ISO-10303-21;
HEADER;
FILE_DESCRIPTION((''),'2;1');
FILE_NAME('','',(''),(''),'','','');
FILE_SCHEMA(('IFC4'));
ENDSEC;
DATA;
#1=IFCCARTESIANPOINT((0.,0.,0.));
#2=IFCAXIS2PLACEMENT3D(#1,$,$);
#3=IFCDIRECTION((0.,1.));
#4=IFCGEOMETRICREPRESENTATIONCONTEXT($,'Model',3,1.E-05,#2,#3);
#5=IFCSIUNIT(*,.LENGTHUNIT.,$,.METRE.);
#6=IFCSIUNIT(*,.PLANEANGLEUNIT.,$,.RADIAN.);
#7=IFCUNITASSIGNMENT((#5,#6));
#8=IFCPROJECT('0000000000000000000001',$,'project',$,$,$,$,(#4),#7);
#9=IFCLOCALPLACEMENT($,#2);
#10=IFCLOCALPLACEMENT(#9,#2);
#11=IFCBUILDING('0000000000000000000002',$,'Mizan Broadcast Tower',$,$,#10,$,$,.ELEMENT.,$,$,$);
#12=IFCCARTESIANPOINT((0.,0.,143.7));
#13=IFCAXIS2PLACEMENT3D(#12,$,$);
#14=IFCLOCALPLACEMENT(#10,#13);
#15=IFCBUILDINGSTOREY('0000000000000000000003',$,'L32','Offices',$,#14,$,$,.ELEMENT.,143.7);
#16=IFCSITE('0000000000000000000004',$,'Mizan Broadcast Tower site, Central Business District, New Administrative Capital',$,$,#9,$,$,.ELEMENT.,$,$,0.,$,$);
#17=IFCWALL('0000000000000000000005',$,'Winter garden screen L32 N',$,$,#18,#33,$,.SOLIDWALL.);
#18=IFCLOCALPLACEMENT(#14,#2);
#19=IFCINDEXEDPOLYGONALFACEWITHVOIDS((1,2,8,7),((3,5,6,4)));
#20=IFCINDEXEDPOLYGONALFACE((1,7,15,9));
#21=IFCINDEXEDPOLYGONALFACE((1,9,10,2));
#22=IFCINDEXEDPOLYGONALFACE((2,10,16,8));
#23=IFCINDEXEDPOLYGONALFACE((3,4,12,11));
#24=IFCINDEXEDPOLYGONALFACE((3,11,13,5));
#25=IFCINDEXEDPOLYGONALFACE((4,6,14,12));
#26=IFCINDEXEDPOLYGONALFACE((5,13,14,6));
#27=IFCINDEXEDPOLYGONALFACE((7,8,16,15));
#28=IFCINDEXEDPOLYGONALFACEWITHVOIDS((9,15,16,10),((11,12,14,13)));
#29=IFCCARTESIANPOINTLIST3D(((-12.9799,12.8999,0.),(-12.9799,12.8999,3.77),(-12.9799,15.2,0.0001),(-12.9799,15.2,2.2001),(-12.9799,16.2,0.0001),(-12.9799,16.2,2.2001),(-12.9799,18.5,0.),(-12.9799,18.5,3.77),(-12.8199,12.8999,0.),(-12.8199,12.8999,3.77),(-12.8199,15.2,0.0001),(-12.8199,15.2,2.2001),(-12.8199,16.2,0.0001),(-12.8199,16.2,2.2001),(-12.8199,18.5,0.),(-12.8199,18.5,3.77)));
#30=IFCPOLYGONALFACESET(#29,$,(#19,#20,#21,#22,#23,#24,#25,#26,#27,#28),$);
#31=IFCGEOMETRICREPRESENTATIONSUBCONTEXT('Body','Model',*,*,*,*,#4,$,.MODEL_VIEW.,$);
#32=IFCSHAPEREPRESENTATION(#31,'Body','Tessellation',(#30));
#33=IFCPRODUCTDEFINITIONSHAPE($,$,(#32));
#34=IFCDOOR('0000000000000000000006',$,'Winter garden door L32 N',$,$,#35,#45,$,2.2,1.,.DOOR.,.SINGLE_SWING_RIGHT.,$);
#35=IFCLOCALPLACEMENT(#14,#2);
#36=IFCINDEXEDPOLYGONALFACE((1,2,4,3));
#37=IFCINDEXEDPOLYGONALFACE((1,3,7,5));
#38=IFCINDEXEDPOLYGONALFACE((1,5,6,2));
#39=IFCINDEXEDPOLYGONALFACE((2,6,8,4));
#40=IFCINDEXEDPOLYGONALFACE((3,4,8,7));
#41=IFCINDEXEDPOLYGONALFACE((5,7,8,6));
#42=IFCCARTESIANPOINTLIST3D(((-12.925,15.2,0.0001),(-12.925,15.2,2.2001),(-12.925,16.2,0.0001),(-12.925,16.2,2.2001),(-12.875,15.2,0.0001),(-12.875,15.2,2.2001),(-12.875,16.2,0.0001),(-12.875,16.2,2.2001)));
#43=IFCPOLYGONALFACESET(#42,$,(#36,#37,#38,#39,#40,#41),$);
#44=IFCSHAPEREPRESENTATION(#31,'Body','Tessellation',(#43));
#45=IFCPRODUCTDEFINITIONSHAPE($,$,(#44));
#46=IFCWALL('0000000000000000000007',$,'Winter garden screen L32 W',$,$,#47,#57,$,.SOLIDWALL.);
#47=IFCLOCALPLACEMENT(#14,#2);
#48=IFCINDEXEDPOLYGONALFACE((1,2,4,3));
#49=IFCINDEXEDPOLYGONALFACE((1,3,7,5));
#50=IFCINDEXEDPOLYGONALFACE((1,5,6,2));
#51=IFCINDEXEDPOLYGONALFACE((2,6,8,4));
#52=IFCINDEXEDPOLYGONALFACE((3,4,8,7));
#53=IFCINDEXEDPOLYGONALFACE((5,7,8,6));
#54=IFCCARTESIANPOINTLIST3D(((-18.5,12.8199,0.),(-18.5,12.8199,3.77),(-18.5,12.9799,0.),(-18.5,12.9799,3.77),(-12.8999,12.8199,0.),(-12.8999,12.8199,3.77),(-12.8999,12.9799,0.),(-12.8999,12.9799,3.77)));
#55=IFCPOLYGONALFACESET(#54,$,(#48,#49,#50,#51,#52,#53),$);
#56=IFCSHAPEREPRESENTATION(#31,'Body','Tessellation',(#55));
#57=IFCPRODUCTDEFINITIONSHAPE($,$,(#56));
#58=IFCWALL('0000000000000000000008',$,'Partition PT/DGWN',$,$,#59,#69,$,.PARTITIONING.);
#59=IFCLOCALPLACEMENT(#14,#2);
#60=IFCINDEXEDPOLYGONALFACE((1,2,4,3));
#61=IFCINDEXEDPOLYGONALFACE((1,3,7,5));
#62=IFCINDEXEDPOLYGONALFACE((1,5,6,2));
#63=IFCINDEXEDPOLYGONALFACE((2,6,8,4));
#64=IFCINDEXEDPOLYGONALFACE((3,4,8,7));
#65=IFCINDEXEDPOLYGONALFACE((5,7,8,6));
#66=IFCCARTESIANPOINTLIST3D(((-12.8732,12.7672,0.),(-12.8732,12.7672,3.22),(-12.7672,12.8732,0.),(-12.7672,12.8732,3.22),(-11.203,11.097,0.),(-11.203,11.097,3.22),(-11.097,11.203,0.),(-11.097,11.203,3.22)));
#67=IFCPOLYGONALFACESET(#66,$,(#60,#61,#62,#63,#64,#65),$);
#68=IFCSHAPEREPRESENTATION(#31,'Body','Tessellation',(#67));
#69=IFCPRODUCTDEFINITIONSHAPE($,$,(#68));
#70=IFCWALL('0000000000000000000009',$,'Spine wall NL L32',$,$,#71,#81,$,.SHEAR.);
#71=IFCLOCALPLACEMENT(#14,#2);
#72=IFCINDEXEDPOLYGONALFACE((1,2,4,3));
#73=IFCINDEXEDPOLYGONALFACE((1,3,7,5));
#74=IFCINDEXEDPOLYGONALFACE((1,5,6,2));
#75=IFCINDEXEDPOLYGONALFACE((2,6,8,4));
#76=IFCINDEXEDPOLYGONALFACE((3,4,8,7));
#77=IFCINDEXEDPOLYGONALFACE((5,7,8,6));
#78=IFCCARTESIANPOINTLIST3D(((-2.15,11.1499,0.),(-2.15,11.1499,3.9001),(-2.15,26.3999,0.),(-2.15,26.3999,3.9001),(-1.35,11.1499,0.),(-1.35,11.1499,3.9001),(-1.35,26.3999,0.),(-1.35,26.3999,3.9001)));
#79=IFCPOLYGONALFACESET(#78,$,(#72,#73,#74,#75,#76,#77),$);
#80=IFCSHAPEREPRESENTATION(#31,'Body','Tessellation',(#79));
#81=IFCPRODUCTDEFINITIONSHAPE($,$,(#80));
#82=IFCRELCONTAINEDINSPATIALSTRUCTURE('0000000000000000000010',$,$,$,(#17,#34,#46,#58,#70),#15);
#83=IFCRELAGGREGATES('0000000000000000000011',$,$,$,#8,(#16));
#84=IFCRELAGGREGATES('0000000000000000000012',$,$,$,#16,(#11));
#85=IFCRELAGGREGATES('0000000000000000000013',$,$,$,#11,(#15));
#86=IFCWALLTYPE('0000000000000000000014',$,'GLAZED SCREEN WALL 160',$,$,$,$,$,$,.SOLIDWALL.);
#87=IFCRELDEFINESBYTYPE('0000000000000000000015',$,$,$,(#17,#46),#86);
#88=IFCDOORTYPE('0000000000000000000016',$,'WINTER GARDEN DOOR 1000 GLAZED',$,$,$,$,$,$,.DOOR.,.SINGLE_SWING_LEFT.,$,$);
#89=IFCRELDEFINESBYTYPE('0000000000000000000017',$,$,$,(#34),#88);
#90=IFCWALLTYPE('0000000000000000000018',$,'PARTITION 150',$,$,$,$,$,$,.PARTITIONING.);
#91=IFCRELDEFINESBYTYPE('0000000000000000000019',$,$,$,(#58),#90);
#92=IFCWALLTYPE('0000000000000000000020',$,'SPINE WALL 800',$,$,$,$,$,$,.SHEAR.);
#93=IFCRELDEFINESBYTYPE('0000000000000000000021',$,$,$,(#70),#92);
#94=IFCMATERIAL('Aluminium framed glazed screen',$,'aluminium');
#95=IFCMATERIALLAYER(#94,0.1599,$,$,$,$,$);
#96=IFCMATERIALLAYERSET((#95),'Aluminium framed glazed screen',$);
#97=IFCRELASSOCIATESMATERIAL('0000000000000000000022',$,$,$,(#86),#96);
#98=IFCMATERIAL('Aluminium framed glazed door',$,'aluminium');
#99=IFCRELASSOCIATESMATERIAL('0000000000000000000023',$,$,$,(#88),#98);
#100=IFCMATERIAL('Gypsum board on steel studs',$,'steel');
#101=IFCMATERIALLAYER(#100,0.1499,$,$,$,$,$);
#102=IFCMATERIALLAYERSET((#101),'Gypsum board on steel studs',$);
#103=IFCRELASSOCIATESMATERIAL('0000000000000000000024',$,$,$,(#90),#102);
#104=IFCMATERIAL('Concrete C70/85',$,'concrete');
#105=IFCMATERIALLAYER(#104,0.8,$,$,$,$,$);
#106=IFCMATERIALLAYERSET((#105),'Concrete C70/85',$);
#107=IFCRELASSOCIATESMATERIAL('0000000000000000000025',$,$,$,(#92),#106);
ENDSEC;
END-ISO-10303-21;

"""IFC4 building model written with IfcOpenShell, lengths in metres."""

from ifc_helpers import new_model, si_unit, direction, frame, frame_2d, origin, place, context, subcontext, project, spatial, rectangle, extrude, material, layer, layer_set, type_object, element, fill, save


model = new_model("IFC4")

# Units and contexts
model_context = context("Model", 3, precision=1e-05, world=origin(), true_north=direction((0.0, 1.0)))
body_context = subcontext(model_context, "Body", "Model", "MODEL_VIEW")
ifc_project = project(units=[si_unit("LENGTHUNIT", "METRE"), si_unit("PLANEANGLEUNIT", "RADIAN")], contexts=[model_context])

# Site, building, storey
site_placement = place(None, origin())
site = spatial("IfcSite", under=ifc_project, at=site_placement, Name="Mizan Broadcast Tower site, Central Business District, New Administrative Capital", CompositionType="ELEMENT", RefElevation=0.0)
building_placement = place(site_placement, origin())
building = spatial("IfcBuilding", under=site, at=building_placement, Name="Mizan Broadcast Tower", CompositionType="ELEMENT")
storey_placement = place(building_placement, frame((0.0, 0.0, 143.7)))
storey = spatial("IfcBuildingStorey", under=building, at=storey_placement, Name="L32", Description="Offices", CompositionType="ELEMENT", Elevation=143.7)

# Wall, opening, door
ifc_material_1 = material(Name="Aluminium framed glazed screen", Category="aluminium")
ifc_layer_1 = layer(ifc_material_1, 0.1599)
ifc_layer_set_1 = layer_set([ifc_layer_1], Name="Aluminium framed glazed screen")
wall_type_1 = type_object("IfcWallType", Name="GLAZED SCREEN WALL 160", PredefinedType="SOLIDWALL", material=ifc_layer_set_1)
wall_1_placement = place(storey_placement, frame((-12.8999, 18.5, 0.0), z_axis=(0.0, 0.0, 1.0), x_axis=(0.0, -1.0, 0.0)))
wall_1 = element("IfcWall", 1, at=wall_1_placement, inside=storey, type_object=wall_type_1, Name="Winter garden screen L32 N", PredefinedType="SOLIDWALL", context=body_context, shape_type="SweptSolid", body=[
    extrude(rectangle(XDim=5.6001, YDim=0.1599, at=frame_2d((2.8, 0.0))), origin(), (0.0, 0.0, 1.0), 3.77),
])
opening_1_placement = place(wall_1_placement, frame((2.3, 0.0, 0.0)))
opening_1 = element("IfcOpeningElement", 2, at=opening_1_placement, cuts=wall_1, PredefinedType="OPENING", context=body_context, shape_type="SweptSolid", body=[
    extrude(rectangle(XDim=1.0, YDim=2.2, at=frame_2d((0.5, 1.1001))), frame((0.0, 0.0898, 0.0), z_axis=(0.0, -1.0, 0.0), x_axis=(1.0, 0.0, 0.0)), (0.0, 0.0, 1.0), 0.1799),
])
ifc_material_2 = material(Name="Aluminium framed glazed door", Category="aluminium")
door_type_1 = type_object("IfcDoorType", Name="WINTER GARDEN DOOR 1000 GLAZED", OperationType="SINGLE_SWING_LEFT", PredefinedType="DOOR", material=ifc_material_2)
door_1_placement = place(opening_1_placement, origin())
door_1 = element("IfcDoor", 3, at=door_1_placement, inside=storey, type_object=door_type_1, Name="Winter garden door L32 N", OperationType="SINGLE_SWING_RIGHT", OverallHeight=2.2, OverallWidth=1.0, PredefinedType="DOOR", context=body_context, shape_type="SweptSolid", body=[
    extrude(rectangle(XDim=1.0, YDim=2.2, at=frame_2d((0.5, 1.1001))), frame((0.0, 0.0249, 0.0), z_axis=(0.0, -1.0, 0.0), x_axis=(1.0, 0.0, 0.0)), (0.0, 0.0, 1.0), 0.05),
])
fill(opening_1, door_1)

# Walls
wall_2_placement = place(storey_placement, frame((-12.8999, 12.8999, 0.0), z_axis=(0.0, 0.0, 1.0), x_axis=(-1.0, 0.0, 0.0)))
element("IfcWall", 4, at=wall_2_placement, inside=storey, type_object=wall_type_1, Name="Winter garden screen L32 W", PredefinedType="SOLIDWALL", context=body_context, shape_type="SweptSolid", body=[
    extrude(rectangle(XDim=5.6001, YDim=0.1599, at=frame_2d((2.8, 0.0))), origin(), (0.0, 0.0, 1.0), 3.77),
])
ifc_material_3 = material(Name="Gypsum board on steel studs", Category="steel")
ifc_layer_2 = layer(ifc_material_3, 0.1499)
ifc_layer_set_2 = layer_set([ifc_layer_2], Name="Gypsum board on steel studs")
wall_type_2 = type_object("IfcWallType", Name="PARTITION 150", PredefinedType="PARTITIONING", material=ifc_layer_set_2)
wall_3_placement = place(storey_placement, frame((-11.1499, 11.1499, 0.0), z_axis=(0.0, 0.0, 1.0), x_axis=(-0.707107, 0.707107, 0.0)))
element("IfcWall", 5, at=wall_3_placement, inside=storey, type_object=wall_type_2, Name="Partition PT/DGWN", PredefinedType="PARTITIONING", context=body_context, shape_type="SweptSolid", body=[
    extrude(rectangle(XDim=2.3621, YDim=0.1499, at=frame_2d((1.1812, 0.0))), origin(), (0.0, 0.0, 1.0), 3.22),
])
ifc_material_4 = material(Name="Concrete C70/85", Category="concrete")
ifc_layer_3 = layer(ifc_material_4, 0.8)
ifc_layer_set_3 = layer_set([ifc_layer_3], Name="Concrete C70/85")
wall_type_3 = type_object("IfcWallType", Name="SPINE WALL 800", PredefinedType="SHEAR", material=ifc_layer_set_3)
wall_4_placement = place(storey_placement, frame((-1.75, 11.1499, 0.0), z_axis=(0.0, 0.0, 1.0), x_axis=(0.0, 1.0, 0.0)))
element("IfcWall", 6, at=wall_4_placement, inside=storey, type_object=wall_type_3, Name="Spine wall NL L32", PredefinedType="SHEAR", context=body_context, shape_type="SweptSolid", body=[
    extrude(rectangle(XDim=15.25, YDim=0.8, at=frame_2d((7.625, 0.0))), origin(), (0.0, 0.0, 1.0), 3.9001),
])

save(model, "model.ifc")
